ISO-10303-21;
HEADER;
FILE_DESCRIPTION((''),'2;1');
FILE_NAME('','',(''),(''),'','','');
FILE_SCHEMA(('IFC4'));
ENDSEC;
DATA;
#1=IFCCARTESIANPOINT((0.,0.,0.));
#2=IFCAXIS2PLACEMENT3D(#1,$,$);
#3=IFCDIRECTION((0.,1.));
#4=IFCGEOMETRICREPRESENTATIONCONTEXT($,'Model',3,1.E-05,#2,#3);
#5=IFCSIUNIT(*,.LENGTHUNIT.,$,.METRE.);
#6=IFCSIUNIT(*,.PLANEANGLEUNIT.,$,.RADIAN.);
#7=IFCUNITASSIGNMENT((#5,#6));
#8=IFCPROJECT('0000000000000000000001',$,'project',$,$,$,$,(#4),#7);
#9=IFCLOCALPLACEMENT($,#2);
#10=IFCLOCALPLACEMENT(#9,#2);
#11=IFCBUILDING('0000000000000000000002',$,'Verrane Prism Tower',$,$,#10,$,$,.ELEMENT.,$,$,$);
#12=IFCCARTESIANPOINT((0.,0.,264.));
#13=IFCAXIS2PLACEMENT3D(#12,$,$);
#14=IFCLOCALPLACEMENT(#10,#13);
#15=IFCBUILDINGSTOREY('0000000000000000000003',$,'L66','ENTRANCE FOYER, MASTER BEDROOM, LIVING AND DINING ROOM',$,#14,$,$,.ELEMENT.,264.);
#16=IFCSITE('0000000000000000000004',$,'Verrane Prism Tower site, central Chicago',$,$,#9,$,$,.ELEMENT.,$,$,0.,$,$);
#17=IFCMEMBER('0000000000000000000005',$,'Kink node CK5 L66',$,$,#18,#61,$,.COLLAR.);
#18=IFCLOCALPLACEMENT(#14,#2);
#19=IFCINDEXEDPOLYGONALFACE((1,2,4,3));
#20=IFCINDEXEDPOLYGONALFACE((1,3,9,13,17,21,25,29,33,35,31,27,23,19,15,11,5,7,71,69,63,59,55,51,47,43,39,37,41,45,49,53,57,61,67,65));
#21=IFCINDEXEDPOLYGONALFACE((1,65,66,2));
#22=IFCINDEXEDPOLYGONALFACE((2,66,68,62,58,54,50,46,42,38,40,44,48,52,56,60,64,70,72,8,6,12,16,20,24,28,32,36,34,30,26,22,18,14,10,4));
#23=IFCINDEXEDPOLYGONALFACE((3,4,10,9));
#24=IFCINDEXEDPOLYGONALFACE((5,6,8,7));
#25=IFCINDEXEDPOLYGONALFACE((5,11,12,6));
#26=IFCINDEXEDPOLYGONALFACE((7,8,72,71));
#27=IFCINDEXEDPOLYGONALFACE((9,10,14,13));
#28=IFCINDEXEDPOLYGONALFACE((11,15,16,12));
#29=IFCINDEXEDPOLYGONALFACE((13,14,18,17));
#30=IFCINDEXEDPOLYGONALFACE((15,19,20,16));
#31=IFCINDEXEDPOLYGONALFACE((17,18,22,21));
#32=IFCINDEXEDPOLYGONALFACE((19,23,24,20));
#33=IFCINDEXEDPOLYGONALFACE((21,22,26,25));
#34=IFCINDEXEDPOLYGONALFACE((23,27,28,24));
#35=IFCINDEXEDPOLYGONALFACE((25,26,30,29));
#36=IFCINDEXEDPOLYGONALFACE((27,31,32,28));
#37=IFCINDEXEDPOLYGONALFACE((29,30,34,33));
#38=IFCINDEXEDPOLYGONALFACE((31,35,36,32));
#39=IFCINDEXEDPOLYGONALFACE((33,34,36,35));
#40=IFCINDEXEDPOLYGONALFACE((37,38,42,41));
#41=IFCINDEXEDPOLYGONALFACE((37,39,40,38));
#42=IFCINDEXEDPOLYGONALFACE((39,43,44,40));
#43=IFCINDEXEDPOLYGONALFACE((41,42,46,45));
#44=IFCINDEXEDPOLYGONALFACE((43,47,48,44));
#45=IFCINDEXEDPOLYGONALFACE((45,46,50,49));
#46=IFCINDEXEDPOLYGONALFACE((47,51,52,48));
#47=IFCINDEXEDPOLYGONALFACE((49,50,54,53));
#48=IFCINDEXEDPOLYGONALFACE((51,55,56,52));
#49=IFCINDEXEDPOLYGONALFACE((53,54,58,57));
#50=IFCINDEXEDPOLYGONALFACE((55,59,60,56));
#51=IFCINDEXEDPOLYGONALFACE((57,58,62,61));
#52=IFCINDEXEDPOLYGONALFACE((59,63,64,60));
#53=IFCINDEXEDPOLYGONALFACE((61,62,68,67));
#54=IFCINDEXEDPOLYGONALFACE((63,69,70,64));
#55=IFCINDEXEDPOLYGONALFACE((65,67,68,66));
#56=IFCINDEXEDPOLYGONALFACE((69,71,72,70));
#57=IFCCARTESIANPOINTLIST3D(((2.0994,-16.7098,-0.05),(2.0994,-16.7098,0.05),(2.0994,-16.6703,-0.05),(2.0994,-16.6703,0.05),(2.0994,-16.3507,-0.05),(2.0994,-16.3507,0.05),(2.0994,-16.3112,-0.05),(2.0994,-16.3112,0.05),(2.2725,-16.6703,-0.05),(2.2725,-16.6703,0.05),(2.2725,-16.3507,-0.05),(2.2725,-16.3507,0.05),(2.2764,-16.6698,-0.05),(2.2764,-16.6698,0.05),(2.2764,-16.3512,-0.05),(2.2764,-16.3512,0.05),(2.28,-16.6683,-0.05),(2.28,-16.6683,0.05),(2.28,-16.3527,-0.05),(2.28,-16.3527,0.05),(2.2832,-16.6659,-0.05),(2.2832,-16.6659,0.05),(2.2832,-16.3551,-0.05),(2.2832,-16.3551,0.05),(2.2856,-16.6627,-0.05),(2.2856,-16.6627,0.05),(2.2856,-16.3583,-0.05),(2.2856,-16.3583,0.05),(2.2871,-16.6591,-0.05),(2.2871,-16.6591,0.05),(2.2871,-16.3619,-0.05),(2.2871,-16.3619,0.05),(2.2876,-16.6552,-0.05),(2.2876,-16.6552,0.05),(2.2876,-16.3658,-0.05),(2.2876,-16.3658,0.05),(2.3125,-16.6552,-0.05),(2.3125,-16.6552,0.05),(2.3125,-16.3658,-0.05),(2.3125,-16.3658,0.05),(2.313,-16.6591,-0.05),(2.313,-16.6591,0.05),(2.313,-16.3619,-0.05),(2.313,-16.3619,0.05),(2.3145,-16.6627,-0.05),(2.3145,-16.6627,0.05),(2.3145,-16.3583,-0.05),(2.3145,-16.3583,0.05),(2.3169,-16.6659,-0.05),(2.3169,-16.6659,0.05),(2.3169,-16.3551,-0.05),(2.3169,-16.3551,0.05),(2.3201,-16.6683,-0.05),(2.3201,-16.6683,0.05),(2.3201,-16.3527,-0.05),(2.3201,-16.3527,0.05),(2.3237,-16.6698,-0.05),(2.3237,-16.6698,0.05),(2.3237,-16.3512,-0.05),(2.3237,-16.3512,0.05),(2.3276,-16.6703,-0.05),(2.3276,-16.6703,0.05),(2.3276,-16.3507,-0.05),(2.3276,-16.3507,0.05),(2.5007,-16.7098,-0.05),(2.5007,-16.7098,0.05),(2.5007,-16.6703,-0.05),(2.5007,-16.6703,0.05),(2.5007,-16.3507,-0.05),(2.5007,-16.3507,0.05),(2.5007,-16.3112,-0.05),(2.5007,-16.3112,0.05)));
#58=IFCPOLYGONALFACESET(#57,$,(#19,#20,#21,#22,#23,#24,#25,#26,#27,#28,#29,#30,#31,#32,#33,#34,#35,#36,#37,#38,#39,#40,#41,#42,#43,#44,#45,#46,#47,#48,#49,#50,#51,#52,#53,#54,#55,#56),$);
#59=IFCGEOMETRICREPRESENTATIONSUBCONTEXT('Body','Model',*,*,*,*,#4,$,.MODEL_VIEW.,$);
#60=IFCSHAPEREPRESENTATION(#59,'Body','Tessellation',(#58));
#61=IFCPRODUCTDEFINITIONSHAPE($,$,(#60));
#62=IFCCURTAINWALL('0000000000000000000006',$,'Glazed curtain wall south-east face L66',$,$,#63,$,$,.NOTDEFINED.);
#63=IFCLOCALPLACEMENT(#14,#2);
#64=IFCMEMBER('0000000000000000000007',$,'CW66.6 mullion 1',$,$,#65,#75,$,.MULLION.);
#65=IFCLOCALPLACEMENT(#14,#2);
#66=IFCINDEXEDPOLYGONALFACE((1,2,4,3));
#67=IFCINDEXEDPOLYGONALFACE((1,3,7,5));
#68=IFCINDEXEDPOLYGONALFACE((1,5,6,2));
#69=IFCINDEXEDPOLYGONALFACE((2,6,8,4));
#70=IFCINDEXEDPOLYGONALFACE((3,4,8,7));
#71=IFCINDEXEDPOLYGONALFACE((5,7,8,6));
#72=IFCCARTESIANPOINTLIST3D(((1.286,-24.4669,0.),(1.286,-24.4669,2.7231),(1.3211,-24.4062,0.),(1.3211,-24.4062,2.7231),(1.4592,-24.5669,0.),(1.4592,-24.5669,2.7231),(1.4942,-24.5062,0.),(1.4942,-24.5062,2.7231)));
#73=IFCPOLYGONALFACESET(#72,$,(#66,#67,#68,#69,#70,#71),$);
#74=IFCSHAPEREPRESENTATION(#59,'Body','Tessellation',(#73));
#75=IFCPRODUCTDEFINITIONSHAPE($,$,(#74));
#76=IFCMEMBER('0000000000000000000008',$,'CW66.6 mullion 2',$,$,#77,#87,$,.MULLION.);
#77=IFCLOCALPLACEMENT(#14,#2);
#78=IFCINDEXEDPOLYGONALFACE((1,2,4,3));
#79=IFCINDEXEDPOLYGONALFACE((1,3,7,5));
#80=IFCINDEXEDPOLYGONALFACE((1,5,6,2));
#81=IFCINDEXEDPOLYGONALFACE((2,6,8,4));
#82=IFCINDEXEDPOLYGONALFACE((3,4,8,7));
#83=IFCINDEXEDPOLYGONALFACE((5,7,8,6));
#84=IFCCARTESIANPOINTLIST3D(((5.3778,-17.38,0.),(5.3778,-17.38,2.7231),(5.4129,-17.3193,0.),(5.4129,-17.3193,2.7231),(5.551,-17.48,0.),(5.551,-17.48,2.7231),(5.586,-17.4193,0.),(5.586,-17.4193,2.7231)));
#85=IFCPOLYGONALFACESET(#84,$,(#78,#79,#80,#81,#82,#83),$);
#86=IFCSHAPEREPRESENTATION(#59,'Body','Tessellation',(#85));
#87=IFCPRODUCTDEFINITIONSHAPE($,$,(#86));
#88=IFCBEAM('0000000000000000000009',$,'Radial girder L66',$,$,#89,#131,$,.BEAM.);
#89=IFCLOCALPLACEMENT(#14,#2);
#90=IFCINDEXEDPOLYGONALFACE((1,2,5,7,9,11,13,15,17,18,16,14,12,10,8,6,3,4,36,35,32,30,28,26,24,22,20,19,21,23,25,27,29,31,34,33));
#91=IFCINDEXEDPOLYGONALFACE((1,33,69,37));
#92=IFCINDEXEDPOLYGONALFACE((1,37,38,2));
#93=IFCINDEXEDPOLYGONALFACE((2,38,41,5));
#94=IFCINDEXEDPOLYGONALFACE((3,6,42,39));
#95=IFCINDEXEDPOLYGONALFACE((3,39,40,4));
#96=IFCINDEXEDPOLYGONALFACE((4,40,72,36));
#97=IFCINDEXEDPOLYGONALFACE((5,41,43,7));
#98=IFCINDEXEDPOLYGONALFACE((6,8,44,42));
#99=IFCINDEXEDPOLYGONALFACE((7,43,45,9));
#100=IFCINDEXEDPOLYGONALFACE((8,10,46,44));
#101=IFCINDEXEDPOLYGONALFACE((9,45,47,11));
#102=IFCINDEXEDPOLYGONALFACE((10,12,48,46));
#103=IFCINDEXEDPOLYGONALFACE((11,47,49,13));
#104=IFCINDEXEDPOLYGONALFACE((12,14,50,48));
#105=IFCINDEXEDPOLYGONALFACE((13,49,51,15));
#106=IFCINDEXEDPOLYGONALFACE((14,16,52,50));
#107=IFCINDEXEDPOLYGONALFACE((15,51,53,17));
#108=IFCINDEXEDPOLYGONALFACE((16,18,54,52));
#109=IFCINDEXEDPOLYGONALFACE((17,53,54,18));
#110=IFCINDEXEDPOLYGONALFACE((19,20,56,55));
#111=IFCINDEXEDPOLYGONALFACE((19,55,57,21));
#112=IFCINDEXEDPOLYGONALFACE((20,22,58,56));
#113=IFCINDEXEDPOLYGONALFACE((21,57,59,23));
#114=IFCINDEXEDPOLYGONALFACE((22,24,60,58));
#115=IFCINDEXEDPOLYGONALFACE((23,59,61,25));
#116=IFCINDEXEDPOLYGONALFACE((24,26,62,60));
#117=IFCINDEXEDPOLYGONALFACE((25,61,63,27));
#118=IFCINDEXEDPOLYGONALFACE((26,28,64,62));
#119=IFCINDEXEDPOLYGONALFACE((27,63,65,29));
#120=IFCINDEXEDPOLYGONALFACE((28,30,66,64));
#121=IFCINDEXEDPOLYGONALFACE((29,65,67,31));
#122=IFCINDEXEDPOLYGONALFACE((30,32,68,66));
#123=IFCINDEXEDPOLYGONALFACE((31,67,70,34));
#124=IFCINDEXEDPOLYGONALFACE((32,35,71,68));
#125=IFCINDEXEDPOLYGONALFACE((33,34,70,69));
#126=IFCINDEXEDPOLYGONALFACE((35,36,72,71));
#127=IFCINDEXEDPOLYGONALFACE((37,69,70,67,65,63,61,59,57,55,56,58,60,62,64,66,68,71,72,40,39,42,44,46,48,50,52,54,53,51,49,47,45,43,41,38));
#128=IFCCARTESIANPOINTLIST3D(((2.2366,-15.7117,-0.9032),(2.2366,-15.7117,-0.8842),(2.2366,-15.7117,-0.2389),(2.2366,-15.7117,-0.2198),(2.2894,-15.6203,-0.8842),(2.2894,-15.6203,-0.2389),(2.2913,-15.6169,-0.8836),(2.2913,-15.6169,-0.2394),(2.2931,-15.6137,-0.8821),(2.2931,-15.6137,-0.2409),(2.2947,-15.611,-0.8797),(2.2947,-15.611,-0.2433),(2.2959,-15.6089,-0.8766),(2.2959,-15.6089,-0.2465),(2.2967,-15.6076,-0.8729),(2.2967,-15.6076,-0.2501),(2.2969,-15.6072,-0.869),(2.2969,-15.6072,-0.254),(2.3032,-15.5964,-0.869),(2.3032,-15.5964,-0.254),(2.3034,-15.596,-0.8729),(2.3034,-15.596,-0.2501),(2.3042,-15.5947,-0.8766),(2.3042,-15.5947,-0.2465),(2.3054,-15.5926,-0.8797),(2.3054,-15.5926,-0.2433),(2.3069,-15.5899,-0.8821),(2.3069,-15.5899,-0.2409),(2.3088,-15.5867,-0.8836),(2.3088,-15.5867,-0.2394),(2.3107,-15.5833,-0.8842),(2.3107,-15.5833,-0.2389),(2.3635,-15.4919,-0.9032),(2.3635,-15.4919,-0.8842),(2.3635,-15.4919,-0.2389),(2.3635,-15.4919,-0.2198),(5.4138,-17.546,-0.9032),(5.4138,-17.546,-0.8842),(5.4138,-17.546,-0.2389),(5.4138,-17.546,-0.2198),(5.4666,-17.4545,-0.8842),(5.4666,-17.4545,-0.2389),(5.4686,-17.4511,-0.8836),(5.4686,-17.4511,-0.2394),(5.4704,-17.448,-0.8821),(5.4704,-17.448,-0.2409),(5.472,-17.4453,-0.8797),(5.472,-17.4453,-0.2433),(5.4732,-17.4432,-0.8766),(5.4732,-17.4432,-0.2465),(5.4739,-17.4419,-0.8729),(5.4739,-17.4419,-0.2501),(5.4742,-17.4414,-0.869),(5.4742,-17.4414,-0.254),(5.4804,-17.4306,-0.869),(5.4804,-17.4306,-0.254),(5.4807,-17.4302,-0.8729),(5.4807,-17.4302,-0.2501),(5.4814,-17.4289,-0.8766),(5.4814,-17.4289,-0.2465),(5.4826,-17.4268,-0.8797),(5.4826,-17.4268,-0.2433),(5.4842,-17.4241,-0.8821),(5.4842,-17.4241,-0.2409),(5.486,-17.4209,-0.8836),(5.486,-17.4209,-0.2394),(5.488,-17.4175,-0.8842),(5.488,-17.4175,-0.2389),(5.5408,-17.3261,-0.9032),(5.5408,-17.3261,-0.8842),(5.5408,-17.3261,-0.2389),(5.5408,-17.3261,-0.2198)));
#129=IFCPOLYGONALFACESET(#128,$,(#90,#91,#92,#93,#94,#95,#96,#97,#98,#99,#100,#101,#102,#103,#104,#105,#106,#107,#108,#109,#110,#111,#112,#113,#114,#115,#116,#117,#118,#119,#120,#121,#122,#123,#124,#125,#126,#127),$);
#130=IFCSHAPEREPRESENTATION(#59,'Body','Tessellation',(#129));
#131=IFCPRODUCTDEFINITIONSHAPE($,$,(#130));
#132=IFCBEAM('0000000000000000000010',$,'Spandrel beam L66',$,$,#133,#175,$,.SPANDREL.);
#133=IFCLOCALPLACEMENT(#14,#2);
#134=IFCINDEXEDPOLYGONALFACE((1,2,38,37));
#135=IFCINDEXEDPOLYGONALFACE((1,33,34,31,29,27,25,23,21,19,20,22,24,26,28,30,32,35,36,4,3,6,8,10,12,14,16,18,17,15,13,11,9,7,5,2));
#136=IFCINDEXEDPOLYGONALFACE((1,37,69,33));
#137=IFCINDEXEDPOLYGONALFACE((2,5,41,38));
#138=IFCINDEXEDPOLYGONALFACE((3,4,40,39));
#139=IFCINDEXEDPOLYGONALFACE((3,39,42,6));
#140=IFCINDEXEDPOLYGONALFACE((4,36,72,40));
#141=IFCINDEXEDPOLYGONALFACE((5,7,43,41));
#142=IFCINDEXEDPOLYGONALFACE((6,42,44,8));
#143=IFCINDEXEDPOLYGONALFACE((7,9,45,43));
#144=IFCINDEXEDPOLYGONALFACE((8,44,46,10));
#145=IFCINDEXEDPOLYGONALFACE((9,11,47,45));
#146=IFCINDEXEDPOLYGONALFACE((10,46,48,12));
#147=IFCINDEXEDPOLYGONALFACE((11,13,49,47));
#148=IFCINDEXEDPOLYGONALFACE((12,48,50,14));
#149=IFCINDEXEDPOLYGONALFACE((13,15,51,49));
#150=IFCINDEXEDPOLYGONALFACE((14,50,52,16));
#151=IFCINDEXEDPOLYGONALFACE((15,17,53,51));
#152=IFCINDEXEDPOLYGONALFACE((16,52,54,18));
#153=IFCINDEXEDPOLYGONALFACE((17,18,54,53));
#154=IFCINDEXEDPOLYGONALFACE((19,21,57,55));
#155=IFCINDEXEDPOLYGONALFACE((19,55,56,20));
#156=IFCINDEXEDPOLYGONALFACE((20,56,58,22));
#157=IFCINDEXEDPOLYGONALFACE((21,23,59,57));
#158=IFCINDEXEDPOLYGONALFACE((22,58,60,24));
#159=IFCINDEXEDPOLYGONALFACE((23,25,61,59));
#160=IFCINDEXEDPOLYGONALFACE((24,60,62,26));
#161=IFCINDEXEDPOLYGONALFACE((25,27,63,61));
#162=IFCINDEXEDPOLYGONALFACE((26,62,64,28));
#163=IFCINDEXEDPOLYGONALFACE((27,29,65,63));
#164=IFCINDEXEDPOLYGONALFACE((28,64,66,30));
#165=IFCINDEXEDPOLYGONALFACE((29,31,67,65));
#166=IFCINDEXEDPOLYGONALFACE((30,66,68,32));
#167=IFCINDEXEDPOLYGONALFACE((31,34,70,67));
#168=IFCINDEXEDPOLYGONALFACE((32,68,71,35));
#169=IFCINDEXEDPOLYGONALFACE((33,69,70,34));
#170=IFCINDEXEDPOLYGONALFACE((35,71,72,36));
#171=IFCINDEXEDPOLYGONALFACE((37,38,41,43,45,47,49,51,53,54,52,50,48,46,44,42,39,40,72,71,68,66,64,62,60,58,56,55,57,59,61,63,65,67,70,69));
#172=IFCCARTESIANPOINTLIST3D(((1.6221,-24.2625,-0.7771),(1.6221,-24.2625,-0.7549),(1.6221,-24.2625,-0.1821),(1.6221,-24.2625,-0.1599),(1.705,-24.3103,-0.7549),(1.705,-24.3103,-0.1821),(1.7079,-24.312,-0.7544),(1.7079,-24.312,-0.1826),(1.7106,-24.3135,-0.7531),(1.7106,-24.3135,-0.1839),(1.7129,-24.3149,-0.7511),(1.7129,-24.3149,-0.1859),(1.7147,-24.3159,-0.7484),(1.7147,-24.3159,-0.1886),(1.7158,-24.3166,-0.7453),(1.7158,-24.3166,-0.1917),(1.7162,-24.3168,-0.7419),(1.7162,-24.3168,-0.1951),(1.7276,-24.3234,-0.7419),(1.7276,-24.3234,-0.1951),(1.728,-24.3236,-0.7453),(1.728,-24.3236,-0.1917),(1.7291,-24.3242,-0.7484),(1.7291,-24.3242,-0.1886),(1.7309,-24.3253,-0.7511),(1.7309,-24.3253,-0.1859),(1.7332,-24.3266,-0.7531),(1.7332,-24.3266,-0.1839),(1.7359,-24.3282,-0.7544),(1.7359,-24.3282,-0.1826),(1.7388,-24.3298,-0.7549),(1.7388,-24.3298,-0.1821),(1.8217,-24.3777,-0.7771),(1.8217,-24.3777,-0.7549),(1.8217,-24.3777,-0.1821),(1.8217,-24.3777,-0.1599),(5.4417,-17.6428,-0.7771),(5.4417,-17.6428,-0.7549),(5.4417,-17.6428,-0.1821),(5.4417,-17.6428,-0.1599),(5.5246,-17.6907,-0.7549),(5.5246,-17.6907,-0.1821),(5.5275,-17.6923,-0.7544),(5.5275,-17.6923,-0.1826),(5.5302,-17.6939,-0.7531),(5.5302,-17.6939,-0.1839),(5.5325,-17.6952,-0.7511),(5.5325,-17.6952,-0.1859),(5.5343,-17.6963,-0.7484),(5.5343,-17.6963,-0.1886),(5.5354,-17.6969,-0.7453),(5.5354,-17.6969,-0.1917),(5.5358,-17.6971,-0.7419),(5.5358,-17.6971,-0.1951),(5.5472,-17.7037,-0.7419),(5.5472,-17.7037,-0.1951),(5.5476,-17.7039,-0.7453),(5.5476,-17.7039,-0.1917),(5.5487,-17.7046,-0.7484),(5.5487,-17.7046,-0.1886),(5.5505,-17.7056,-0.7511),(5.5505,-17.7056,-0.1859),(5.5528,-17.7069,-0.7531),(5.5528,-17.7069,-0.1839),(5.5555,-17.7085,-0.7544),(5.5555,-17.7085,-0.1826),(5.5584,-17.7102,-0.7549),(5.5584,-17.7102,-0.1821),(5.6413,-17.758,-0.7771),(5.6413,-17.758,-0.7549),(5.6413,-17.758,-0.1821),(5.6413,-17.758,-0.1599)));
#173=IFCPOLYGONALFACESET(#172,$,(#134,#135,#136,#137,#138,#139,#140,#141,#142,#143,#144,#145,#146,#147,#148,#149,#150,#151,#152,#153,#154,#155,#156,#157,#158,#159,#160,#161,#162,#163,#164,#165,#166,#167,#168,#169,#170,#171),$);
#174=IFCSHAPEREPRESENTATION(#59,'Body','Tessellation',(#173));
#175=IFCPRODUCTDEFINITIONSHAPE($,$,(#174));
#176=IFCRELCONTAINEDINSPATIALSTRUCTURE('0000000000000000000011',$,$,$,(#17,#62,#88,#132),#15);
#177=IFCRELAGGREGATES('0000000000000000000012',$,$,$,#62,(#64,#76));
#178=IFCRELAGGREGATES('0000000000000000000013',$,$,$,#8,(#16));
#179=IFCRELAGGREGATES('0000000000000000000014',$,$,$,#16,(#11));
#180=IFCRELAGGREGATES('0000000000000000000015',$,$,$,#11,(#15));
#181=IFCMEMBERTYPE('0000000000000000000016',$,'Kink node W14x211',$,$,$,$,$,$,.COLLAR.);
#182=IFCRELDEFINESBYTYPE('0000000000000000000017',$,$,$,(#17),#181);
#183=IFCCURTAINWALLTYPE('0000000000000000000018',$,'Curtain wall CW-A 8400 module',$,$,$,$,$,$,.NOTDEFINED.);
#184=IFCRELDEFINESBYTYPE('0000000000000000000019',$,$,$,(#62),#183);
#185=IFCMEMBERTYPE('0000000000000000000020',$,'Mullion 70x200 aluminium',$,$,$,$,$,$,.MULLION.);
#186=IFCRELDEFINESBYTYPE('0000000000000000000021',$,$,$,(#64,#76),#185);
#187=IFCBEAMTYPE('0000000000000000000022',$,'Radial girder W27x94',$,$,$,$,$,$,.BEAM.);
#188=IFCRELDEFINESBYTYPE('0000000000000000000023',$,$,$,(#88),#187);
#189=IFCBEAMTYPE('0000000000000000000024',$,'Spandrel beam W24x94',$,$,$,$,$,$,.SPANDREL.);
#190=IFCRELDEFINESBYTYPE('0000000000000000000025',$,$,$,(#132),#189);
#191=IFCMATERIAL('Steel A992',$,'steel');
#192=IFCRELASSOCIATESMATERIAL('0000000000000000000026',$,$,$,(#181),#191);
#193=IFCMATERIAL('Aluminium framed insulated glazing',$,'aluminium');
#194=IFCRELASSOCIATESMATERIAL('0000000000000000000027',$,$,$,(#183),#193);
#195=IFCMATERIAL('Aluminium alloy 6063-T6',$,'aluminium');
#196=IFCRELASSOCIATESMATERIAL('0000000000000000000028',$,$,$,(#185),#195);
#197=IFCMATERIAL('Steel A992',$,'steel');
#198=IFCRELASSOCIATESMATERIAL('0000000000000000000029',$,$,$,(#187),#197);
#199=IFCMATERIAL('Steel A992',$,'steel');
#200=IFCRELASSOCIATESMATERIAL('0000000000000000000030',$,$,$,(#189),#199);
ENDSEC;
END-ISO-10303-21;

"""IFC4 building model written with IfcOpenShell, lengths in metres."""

from ifc_helpers import new_model, si_unit, direction, frame, origin, origin_2d, place, context, subcontext, project, spatial, rectangle, i_section, extrude, material, material_profile, profile_set, type_object, element, aggregate, save


model = new_model("IFC4")

# Units and contexts
model_context = context("Model", 3, precision=1e-05, world=origin(), true_north=direction((0.0, 1.0)))
body_context = subcontext(model_context, "Body", "Model", "MODEL_VIEW")
ifc_project = project(units=[si_unit("LENGTHUNIT", "METRE"), si_unit("PLANEANGLEUNIT", "RADIAN")], contexts=[model_context])

# Site, building, storey
site_placement = place(None, origin())
site = spatial("IfcSite", under=ifc_project, at=site_placement, Name="Verrane Prism Tower site, central Chicago", CompositionType="ELEMENT", RefElevation=0.0)
building_placement = place(site_placement, origin())
building = spatial("IfcBuilding", under=site, at=building_placement, Name="Verrane Prism Tower", CompositionType="ELEMENT")
storey_placement = place(building_placement, frame((0.0, 0.0, 264.0)))
storey = spatial("IfcBuildingStorey", under=building, at=storey_placement, Name="L66", Description="ENTRANCE FOYER, MASTER BEDROOM, LIVING AND DINING ROOM", CompositionType="ELEMENT", Elevation=264.0)

# Member
ifc_material_1 = material(Name="Steel A992", Category="steel")
ifc_material_profile_1 = material_profile(ifc_material_1, i_section(OverallWidth=0.4014, OverallDepth=0.3987, WebThickness=0.0249, FlangeThickness=0.0396, FilletRadius=0.0151, at=origin_2d()), Name="W14x211")
ifc_profile_set_1 = profile_set([ifc_material_profile_1], Name="Steel A992")
member_type_1 = type_object("IfcMemberType", Name="Kink node W14x211", PredefinedType="COLLAR", material=ifc_profile_set_1)
member_1_placement = place(storey_placement, frame((2.3, -16.5105, -0.05), z_axis=(0.0, 0.0, 1.0), x_axis=(-1.0, 0.0, 0.0)))
element("IfcMember", 1, at=member_1_placement, inside=storey, type_object=member_type_1, Name="Kink node CK5 L66", PredefinedType="COLLAR", context=body_context, shape_type="SweptSolid", body=[
    extrude(i_section(OverallWidth=0.4014, OverallDepth=0.3987, WebThickness=0.0249, FlangeThickness=0.0396, FilletRadius=0.0151, at=origin_2d()), origin(), (0.0, 0.0, 1.0), 0.1001),
])

# Curtain wall, members
ifc_material_2 = material(Name="Aluminium framed insulated glazing", Category="aluminium")
curtain_wall_type = type_object("IfcCurtainWallType", Name="Curtain wall CW-A 8400 module", PredefinedType="NOTDEFINED", material=ifc_material_2)
curtain_wall_1_placement = place(storey_placement, origin())
curtain_wall_1 = element("IfcCurtainWall", 2, at=curtain_wall_1_placement, inside=storey, type_object=curtain_wall_type, Name="Glazed curtain wall south-east face L66", PredefinedType="NOTDEFINED")
ifc_material_3 = material(Name="Aluminium alloy 6063-T6", Category="aluminium")
ifc_material_profile_2 = material_profile(ifc_material_3, rectangle(XDim=0.2, YDim=0.0701, at=origin_2d()), Name="Mullion 70x200 aluminium")
ifc_profile_set_2 = profile_set([ifc_material_profile_2], Name="Aluminium alloy 6063-T6")
member_type_2 = type_object("IfcMemberType", Name="Mullion 70x200 aluminium", PredefinedType="MULLION", material=ifc_profile_set_2)
member_2_placement = place(storey_placement, frame((1.3901, -24.4866, 0.0), z_axis=(0.0, 0.0, 1.0), x_axis=(-0.866025, 0.500001, 0.0)))
member_2 = element("IfcMember", 3, at=member_2_placement, type_object=member_type_2, Name="CW66.6 mullion 1", PredefinedType="MULLION", context=body_context, shape_type="SweptSolid", body=[
    extrude(rectangle(XDim=0.2, YDim=0.0701, at=origin_2d()), origin(), (0.0, 0.0, 1.0), 2.7231),
])
member_3_placement = place(storey_placement, frame((5.4819, -17.3997, 0.0), z_axis=(0.0, 0.0, 1.0), x_axis=(-0.866025, 0.500001, 0.0)))
member_3 = element("IfcMember", 4, at=member_3_placement, type_object=member_type_2, Name="CW66.6 mullion 2", PredefinedType="MULLION", context=body_context, shape_type="SweptSolid", body=[
    extrude(rectangle(XDim=0.2, YDim=0.0701, at=origin_2d()), origin(), (0.0, 0.0, 1.0), 2.7231),
])

# Beams
ifc_material_4 = material(Name="Steel A992", Category="steel")
ifc_material_profile_3 = material_profile(ifc_material_4, i_section(OverallWidth=0.2539, OverallDepth=0.6833, WebThickness=0.0125, FlangeThickness=0.019, FilletRadius=0.0151, at=origin_2d()), Name="W27x94")
ifc_profile_set_3 = profile_set([ifc_material_profile_3], Name="Steel A992")
beam_type_1 = type_object("IfcBeamType", Name="Radial girder W27x94", PredefinedType="BEAM", material=ifc_profile_set_3)
beam_1_placement = place(storey_placement, frame((5.4773, -17.436, -0.5615), z_axis=(-0.866044, 0.499968, 0.0), x_axis=(-0.499968, -0.866044, 0.0)))
element("IfcBeam", 5, at=beam_1_placement, inside=storey, type_object=beam_type_1, Name="Radial girder L66", PredefinedType="BEAM", context=body_context, shape_type="SweptSolid", body=[
    extrude(i_section(OverallWidth=0.2539, OverallDepth=0.6833, WebThickness=0.0125, FlangeThickness=0.019, FilletRadius=0.0151, at=origin_2d()), origin(), (0.0, 0.0, 1.0), 3.6687),
])
ifc_material_5 = material(Name="Steel A992", Category="steel")
ifc_material_profile_4 = material_profile(ifc_material_5, i_section(OverallWidth=0.2305, OverallDepth=0.6172, WebThickness=0.0132, FlangeThickness=0.0222, FilletRadius=0.0129, at=origin_2d()), Name="W24x94")
ifc_profile_set_4 = profile_set([ifc_material_profile_4], Name="Steel A992")
beam_type_2 = type_object("IfcBeamType", Name="Spandrel beam W24x94", PredefinedType="SPANDREL", material=ifc_profile_set_4)
beam_2_placement = place(storey_placement, frame((1.7219, -24.3201, -0.4685), z_axis=(0.499778, 0.866154, 0.0), x_axis=(-0.866154, 0.499778, 0.0)))
element("IfcBeam", 6, at=beam_2_placement, inside=storey, type_object=beam_type_2, Name="Spandrel beam L66", PredefinedType="SPANDREL", context=body_context, shape_type="SweptSolid", body=[
    extrude(i_section(OverallWidth=0.2305, OverallDepth=0.6172, WebThickness=0.0132, FlangeThickness=0.0222, FilletRadius=0.0129, at=origin_2d()), origin(), (0.0, 0.0, 1.0), 7.6426),
])

aggregate(curtain_wall_1, [member_2, member_3])

save(model, "model.ifc")
